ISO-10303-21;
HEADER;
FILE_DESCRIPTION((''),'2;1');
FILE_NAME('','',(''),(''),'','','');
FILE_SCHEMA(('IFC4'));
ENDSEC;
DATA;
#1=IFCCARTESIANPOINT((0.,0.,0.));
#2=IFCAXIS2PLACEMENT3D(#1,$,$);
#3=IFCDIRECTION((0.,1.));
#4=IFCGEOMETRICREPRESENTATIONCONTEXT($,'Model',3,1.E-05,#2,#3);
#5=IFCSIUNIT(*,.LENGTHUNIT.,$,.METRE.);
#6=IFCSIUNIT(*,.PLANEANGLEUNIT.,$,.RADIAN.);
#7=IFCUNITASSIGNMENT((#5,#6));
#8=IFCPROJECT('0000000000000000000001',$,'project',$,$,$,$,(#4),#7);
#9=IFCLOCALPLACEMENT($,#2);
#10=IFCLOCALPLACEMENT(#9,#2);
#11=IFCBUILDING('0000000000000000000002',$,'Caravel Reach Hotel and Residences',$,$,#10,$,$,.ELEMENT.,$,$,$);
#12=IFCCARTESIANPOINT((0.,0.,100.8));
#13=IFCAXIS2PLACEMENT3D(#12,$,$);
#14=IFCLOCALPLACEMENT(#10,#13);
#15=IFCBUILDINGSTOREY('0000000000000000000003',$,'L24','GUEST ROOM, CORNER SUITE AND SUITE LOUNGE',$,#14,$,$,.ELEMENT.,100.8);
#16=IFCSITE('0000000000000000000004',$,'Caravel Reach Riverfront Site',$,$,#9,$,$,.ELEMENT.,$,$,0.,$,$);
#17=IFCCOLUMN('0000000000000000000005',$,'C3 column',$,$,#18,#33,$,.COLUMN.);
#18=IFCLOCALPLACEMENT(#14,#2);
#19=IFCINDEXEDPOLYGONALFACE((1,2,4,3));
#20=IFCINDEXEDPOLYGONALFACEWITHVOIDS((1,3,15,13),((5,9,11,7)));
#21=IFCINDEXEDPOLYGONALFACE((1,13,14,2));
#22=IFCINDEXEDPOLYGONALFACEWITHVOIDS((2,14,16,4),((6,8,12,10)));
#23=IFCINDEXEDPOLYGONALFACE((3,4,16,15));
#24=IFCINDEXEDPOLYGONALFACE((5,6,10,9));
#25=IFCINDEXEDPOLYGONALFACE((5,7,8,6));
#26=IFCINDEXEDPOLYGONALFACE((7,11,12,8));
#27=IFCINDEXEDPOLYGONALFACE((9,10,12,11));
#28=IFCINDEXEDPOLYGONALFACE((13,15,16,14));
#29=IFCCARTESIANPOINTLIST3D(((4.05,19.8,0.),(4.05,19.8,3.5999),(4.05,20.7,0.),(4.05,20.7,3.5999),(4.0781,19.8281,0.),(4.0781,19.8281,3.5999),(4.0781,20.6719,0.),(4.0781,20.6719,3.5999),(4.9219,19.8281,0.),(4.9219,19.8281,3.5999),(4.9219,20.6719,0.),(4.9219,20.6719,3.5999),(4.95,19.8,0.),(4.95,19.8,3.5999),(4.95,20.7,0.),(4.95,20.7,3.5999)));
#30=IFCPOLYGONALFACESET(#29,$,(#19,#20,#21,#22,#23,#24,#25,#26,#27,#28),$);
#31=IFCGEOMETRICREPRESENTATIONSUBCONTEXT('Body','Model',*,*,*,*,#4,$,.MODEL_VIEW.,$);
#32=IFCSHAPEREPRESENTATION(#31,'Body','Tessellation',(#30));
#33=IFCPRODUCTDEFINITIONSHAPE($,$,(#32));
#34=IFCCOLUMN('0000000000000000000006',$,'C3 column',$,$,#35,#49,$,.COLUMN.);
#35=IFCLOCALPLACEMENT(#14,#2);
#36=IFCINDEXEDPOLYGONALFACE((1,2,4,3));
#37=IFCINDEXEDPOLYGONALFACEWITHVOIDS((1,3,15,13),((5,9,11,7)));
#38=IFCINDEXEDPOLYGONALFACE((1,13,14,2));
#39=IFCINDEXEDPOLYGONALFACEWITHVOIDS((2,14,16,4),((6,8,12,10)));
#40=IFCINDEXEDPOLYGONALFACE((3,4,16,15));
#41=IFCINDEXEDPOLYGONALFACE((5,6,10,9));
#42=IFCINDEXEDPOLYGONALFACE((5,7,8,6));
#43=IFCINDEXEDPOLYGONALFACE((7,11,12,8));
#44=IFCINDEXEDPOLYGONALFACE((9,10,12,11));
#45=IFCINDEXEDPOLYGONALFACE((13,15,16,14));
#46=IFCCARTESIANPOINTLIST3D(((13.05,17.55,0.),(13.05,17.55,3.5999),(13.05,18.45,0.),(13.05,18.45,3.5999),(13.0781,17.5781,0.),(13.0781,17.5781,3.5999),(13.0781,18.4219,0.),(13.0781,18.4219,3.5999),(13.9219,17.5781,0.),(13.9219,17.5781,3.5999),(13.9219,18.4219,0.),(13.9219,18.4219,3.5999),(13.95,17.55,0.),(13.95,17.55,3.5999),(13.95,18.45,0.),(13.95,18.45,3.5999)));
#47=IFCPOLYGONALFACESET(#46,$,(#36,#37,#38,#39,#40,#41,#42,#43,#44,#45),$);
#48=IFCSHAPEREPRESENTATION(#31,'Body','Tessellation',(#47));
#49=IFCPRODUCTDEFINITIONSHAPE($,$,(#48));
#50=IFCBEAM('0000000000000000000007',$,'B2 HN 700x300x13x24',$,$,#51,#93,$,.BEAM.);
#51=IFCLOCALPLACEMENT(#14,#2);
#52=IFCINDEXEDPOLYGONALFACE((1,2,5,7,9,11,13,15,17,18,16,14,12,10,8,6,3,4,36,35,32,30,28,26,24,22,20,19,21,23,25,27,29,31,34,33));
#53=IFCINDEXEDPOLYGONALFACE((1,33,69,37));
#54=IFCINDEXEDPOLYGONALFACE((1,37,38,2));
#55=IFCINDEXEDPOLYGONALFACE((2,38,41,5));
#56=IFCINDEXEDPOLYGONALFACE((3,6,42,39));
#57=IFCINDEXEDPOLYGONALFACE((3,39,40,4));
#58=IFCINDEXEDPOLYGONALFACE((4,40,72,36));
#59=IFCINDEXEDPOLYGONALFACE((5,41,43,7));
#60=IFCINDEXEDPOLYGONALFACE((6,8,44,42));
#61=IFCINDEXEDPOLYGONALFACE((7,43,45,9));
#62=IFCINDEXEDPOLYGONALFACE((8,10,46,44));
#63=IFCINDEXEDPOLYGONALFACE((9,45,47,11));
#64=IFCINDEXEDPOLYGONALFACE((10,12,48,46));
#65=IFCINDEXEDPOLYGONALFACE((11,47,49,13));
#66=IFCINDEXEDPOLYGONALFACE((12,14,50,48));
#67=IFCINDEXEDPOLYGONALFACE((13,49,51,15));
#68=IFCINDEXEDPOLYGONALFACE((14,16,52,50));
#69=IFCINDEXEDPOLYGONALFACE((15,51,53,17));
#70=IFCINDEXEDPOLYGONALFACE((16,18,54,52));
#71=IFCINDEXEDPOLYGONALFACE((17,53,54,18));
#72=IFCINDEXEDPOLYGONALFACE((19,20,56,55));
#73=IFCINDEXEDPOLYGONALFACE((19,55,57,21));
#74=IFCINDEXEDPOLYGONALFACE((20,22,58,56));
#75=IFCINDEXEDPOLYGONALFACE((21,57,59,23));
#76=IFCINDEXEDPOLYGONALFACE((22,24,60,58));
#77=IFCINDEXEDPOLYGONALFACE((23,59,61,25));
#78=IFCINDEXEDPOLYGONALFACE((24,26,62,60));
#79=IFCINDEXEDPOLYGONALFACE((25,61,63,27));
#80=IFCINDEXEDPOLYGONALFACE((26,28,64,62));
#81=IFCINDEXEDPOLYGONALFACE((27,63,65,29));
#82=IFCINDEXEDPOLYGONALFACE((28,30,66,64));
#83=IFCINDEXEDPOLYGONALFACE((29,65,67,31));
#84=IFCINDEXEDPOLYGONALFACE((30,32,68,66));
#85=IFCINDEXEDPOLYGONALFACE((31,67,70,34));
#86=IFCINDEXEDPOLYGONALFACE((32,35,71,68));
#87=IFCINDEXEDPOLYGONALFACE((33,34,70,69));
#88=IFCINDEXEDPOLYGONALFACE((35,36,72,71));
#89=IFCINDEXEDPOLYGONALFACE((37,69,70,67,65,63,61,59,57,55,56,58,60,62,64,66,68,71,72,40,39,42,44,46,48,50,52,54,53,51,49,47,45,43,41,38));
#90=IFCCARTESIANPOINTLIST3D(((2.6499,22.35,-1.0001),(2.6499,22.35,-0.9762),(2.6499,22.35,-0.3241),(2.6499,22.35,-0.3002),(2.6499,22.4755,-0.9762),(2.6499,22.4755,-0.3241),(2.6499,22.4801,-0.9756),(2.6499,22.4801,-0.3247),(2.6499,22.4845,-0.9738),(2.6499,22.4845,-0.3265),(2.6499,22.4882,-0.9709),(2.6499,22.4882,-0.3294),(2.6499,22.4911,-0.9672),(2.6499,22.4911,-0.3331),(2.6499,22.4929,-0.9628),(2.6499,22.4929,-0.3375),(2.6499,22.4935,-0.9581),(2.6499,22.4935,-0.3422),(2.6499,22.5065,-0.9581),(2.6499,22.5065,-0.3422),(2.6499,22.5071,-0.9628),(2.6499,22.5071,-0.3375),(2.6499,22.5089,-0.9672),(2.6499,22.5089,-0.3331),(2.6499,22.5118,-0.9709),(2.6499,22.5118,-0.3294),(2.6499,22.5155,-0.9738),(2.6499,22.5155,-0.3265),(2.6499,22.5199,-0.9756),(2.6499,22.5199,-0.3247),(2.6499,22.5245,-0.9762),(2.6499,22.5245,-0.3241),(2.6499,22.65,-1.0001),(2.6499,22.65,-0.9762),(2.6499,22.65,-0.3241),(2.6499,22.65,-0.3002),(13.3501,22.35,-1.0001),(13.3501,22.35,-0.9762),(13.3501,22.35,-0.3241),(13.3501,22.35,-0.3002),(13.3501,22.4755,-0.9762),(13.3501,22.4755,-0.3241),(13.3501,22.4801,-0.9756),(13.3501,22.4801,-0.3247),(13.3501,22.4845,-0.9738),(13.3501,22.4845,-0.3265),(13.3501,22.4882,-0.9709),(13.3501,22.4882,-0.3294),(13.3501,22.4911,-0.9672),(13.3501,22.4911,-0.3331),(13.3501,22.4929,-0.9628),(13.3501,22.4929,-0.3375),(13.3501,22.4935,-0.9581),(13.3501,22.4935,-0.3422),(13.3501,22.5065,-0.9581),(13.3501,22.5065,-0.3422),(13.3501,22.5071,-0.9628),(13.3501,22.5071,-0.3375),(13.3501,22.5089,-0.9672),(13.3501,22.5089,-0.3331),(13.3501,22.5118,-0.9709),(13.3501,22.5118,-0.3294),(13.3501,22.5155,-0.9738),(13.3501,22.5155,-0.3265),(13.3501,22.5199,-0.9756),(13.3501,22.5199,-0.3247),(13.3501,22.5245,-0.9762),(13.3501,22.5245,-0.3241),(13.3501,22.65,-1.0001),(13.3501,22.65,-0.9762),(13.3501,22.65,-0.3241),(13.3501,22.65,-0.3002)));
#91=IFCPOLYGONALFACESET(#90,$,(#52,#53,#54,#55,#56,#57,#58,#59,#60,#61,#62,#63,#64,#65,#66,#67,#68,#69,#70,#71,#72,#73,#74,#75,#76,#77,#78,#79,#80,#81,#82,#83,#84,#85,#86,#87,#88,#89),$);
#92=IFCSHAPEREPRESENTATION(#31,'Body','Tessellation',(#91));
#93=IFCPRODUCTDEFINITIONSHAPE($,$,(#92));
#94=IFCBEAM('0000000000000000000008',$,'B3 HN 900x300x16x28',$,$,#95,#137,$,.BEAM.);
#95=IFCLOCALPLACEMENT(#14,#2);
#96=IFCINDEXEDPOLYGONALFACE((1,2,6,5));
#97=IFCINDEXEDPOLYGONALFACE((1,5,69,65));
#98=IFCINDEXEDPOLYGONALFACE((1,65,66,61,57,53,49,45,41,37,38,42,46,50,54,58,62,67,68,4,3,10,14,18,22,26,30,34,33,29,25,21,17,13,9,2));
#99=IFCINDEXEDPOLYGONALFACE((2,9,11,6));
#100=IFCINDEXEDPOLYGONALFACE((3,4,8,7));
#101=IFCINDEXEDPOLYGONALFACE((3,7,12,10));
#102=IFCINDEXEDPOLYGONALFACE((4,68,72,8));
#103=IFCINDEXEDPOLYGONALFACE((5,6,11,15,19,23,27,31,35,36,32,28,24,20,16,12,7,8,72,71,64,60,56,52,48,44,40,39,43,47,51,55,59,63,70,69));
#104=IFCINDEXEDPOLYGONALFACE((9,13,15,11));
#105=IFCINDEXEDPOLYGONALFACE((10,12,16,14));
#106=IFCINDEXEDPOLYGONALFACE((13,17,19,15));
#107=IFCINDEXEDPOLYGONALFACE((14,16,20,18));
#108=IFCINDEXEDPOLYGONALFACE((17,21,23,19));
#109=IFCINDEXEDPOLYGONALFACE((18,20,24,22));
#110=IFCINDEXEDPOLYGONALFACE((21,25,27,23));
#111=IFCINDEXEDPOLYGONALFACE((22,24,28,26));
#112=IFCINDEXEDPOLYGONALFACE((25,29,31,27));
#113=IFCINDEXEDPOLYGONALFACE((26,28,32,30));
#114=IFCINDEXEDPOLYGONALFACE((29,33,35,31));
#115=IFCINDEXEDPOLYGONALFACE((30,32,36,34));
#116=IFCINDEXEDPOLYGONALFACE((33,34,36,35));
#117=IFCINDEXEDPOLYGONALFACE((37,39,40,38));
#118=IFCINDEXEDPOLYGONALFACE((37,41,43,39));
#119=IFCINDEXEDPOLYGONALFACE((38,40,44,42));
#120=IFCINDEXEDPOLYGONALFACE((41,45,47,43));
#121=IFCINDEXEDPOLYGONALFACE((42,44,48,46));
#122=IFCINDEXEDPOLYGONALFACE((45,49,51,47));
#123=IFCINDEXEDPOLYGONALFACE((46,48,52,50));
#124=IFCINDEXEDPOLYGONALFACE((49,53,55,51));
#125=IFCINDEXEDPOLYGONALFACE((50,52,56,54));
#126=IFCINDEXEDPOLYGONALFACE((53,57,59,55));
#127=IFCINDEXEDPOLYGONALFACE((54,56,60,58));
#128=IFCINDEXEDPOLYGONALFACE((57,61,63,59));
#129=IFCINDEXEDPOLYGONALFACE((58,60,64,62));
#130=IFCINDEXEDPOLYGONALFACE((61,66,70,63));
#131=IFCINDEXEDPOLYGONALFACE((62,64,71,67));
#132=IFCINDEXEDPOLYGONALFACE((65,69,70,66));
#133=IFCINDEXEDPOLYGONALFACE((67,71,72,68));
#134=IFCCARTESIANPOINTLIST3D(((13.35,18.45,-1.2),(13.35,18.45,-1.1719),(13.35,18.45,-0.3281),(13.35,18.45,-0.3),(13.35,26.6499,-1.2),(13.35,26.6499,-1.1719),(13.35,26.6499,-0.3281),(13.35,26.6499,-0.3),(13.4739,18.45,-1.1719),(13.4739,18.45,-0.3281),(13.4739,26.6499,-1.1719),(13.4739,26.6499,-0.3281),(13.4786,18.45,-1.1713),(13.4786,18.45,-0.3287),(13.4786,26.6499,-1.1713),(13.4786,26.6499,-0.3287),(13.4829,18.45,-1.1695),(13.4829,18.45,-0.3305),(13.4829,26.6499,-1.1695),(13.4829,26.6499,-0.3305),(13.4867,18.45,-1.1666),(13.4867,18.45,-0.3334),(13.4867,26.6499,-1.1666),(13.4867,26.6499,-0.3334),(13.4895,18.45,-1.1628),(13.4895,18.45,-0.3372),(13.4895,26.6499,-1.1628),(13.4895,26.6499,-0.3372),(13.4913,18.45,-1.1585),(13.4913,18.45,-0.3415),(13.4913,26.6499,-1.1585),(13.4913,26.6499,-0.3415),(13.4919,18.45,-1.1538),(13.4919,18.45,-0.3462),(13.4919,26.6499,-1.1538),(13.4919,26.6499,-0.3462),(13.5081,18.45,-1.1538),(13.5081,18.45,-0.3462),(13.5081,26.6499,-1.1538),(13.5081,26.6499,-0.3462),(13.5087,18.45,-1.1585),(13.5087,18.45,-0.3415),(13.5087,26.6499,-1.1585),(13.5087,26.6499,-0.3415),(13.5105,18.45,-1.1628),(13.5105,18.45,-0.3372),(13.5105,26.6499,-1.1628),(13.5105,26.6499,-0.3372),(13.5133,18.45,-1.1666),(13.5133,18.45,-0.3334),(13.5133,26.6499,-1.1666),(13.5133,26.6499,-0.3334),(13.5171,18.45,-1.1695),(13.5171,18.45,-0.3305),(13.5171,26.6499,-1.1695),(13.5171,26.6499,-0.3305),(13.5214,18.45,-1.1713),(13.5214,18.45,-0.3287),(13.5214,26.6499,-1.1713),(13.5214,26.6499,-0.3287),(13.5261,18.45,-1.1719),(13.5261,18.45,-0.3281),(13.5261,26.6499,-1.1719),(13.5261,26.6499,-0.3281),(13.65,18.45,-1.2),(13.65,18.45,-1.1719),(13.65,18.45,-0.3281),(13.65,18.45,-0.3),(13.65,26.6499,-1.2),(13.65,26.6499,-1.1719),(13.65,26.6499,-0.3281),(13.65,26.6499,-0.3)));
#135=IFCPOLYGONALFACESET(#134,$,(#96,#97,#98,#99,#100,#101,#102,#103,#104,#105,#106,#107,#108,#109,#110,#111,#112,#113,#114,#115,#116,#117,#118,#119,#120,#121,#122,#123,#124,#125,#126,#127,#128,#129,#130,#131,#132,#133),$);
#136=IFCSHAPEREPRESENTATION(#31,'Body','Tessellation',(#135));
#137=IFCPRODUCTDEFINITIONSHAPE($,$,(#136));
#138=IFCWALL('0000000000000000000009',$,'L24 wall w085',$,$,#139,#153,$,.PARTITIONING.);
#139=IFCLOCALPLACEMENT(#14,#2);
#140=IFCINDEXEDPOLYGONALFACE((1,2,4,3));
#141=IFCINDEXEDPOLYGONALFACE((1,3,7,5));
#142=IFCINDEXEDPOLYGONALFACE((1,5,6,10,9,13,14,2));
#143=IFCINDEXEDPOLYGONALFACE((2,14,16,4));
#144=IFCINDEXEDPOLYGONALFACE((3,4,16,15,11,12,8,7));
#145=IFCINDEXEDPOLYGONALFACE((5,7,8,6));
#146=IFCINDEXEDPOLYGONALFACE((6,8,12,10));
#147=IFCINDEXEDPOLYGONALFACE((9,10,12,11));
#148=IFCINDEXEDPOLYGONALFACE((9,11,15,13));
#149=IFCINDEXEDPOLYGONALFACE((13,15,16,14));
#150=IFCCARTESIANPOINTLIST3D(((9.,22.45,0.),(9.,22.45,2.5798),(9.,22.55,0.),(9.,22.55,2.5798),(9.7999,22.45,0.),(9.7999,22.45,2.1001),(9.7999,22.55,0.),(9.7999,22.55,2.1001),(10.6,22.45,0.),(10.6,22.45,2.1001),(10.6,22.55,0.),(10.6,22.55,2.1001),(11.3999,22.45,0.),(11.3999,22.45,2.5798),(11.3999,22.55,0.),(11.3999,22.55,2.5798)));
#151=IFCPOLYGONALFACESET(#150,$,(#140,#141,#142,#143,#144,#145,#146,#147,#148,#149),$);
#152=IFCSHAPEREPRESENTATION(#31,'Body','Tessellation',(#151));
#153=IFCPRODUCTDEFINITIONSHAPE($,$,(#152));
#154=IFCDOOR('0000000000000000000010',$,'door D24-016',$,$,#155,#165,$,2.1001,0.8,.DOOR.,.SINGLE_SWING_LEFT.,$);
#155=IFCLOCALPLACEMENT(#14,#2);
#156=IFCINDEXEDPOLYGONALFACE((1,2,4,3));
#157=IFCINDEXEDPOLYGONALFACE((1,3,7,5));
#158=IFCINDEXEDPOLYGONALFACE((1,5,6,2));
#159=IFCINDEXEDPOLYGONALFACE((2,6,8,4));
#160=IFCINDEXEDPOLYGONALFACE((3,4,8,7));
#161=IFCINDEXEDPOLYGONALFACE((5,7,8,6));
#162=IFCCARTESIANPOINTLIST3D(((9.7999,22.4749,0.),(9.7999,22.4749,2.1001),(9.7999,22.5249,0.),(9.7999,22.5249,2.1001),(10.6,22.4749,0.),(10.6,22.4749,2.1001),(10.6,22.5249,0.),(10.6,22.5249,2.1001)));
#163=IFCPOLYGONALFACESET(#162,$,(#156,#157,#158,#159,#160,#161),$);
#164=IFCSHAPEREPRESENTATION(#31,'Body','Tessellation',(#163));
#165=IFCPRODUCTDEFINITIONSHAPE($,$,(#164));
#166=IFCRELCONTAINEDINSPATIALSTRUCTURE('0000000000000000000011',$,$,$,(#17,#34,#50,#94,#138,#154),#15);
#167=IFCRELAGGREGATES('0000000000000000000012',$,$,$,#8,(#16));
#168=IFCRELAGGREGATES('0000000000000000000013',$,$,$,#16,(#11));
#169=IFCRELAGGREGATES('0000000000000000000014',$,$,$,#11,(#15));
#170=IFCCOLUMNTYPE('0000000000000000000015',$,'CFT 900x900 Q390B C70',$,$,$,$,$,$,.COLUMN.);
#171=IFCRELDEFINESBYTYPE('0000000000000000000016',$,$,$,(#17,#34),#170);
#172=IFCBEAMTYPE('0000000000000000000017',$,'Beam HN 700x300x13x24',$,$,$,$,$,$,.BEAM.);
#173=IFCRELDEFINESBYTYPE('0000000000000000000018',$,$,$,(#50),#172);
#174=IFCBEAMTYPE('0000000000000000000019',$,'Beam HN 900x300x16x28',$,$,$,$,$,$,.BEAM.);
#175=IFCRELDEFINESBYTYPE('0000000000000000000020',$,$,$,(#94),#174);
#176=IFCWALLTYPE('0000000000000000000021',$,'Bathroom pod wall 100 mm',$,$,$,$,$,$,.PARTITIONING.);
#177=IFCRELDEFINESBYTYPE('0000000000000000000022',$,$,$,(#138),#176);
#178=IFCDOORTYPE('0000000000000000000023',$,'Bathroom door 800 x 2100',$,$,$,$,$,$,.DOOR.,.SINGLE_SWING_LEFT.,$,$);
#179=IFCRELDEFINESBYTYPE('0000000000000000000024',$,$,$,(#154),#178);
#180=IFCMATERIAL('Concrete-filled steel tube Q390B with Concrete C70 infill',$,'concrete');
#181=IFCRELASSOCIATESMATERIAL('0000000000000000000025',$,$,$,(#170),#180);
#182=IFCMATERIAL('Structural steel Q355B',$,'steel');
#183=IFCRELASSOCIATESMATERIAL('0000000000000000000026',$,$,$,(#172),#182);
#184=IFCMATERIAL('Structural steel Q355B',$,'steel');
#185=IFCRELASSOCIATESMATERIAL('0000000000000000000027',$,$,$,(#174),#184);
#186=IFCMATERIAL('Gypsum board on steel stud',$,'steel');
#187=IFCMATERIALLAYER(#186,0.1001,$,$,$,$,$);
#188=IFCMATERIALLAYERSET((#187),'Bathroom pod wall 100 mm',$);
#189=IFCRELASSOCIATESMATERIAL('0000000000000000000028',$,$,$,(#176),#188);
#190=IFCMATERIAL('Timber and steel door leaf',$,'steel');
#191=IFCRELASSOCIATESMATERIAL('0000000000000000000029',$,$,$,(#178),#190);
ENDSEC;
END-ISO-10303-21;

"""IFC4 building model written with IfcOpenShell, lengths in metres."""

from ifc_helpers import new_model, si_unit, direction, frame, frame_2d, origin, origin_2d, place, context, subcontext, project, spatial, rectangle, hollow_rectangle, i_section, extrude, material, layer, layer_set, material_profile, profile_set, type_object, element, fill, save


model = new_model("IFC4")

# Units and contexts
model_context = context("Model", 3, precision=1e-05, world=origin(), true_north=direction((0.0, 1.0)))
body_context = subcontext(model_context, "Body", "Model", "MODEL_VIEW")
ifc_project = project(units=[si_unit("LENGTHUNIT", "METRE"), si_unit("PLANEANGLEUNIT", "RADIAN")], contexts=[model_context])

# Site, building, storey
site_placement = place(None, origin())
site = spatial("IfcSite", under=ifc_project, at=site_placement, Name="Caravel Reach Riverfront Site", CompositionType="ELEMENT", RefElevation=0.0)
building_placement = place(site_placement, origin())
building = spatial("IfcBuilding", under=site, at=building_placement, Name="Caravel Reach Hotel and Residences", CompositionType="ELEMENT")
storey_placement = place(building_placement, frame((0.0, 0.0, 100.8)))
storey = spatial("IfcBuildingStorey", under=building, at=storey_placement, Name="L24", Description="GUEST ROOM, CORNER SUITE AND SUITE LOUNGE", CompositionType="ELEMENT", Elevation=100.8)

# Columns
ifc_material_1 = material(Name="Concrete-filled steel tube Q390B with Concrete C70 infill", Category="concrete")
ifc_material_profile_1 = material_profile(ifc_material_1, hollow_rectangle(XDim=0.8999, YDim=0.8999, WallThickness=0.0281, at=origin_2d()), Name="RHS 900x900x28")
ifc_profile_set_1 = profile_set([ifc_material_profile_1], Name="Concrete-filled steel tube Q390B with Concrete C70 infill")
column_type = type_object("IfcColumnType", Name="CFT 900x900 Q390B C70", PredefinedType="COLUMN", material=ifc_profile_set_1)
for number, where, z_axis, x_axis, name in (
    (1, (4.5, 20.25, 0.0), (0.0, 0.0, 1.0), (1.0, 0.0, 0.0), "C3 column"),
    (2, (13.5, 18.0, 0.0), (0.0, 0.0, 1.0), (1.0, 0.0, 0.0), "C3 column"),
):
    element("IfcColumn", number, at=place(storey_placement, frame(where, z_axis=z_axis, x_axis=x_axis)), inside=storey, type_object=column_type, Name=name, PredefinedType="COLUMN", context=body_context, shape_type="SweptSolid", body=[
        extrude(hollow_rectangle(XDim=0.8999, YDim=0.8999, WallThickness=0.0281, at=origin_2d()), origin(), (0.0, 0.0, 1.0), 3.5999),
    ])

# Beams
ifc_material_2 = material(Name="Structural steel Q355B", Category="steel")
ifc_material_profile_2 = material_profile(ifc_material_2, i_section(OverallWidth=0.3, OverallDepth=0.7, WebThickness=0.0129, FlangeThickness=0.0239, FilletRadius=0.0181, at=origin_2d()), Name="HN 700x300x13x24")
ifc_profile_set_2 = profile_set([ifc_material_profile_2], Name="Structural steel Q355B")
beam_type_1 = type_object("IfcBeamType", Name="Beam HN 700x300x13x24", PredefinedType="BEAM", material=ifc_profile_set_2)
beam_1_placement = place(storey_placement, frame((13.3501, 22.5, -0.6501), z_axis=(-1.0, 0.0, 0.0), x_axis=(0.0, -1.0, 0.0)))
element("IfcBeam", 3, at=beam_1_placement, inside=storey, type_object=beam_type_1, Name="B2 HN 700x300x13x24", PredefinedType="BEAM", context=body_context, shape_type="SweptSolid", body=[
    extrude(i_section(OverallWidth=0.3, OverallDepth=0.7, WebThickness=0.0129, FlangeThickness=0.0239, FilletRadius=0.0181, at=origin_2d()), origin(), (0.0, 0.0, 1.0), 10.7002),
])
ifc_material_3 = material(Name="Structural steel Q355B", Category="steel")
ifc_material_profile_3 = material_profile(ifc_material_3, i_section(OverallWidth=0.3, OverallDepth=0.8999, WebThickness=0.0161, FlangeThickness=0.0281, FilletRadius=0.0181, at=origin_2d()), Name="HN 900x300x16x28")
ifc_profile_set_3 = profile_set([ifc_material_profile_3], Name="Structural steel Q355B")
beam_type_2 = type_object("IfcBeamType", Name="Beam HN 900x300x16x28", PredefinedType="BEAM", material=ifc_profile_set_3)
beam_2_placement = place(storey_placement, frame((13.5, 18.45, -0.75), z_axis=(0.0, 1.0, 0.0), x_axis=(-1.0, 0.0, 0.0)))
element("IfcBeam", 4, at=beam_2_placement, inside=storey, type_object=beam_type_2, Name="B3 HN 900x300x16x28", PredefinedType="BEAM", context=body_context, shape_type="SweptSolid", body=[
    extrude(i_section(OverallWidth=0.3, OverallDepth=0.8999, WebThickness=0.0161, FlangeThickness=0.0281, FilletRadius=0.0181, at=origin_2d()), origin(), (0.0, 0.0, 1.0), 8.2),
])

# Wall, opening, door
ifc_material_4 = material(Name="Gypsum board on steel stud", Category="steel")
ifc_layer_1 = layer(ifc_material_4, 0.1001)
ifc_layer_set_1 = layer_set([ifc_layer_1], Name="Bathroom pod wall 100 mm")
wall_type_1 = type_object("IfcWallType", Name="Bathroom pod wall 100 mm", PredefinedType="PARTITIONING", material=ifc_layer_set_1)
wall_1_placement = place(storey_placement, frame((9.0, 22.5, 0.0), z_axis=(0.0, 0.0, 1.0), x_axis=(1.0, 0.0, 0.0)))
wall_1 = element("IfcWall", 5, at=wall_1_placement, inside=storey, type_object=wall_type_1, Name="L24 wall w085", PredefinedType="PARTITIONING", context=body_context, shape_type="SweptSolid", body=[
    extrude(rectangle(XDim=2.3999, YDim=0.1001, at=frame_2d((1.2, 0.0))), origin(), (0.0, 0.0, 1.0), 2.5798),
])
opening_1_placement = place(wall_1_placement, frame((0.8, 0.0, 0.0)))
opening_1 = element("IfcOpeningElement", 6, at=opening_1_placement, cuts=wall_1, PredefinedType="OPENING", context=body_context, shape_type="SweptSolid", body=[
    extrude(rectangle(XDim=0.8, YDim=2.1001, at=frame_2d((0.3999, 1.05))), frame((0.0, 0.0601, 0.0), z_axis=(0.0, -1.0, 0.0), x_axis=(1.0, 0.0, 0.0)), (0.0, 0.0, 1.0), 0.1201),
])
ifc_material_5 = material(Name="Timber and steel door leaf", Category="steel")
door_type_1 = type_object("IfcDoorType", Name="Bathroom door 800 x 2100", OperationType="SINGLE_SWING_LEFT", PredefinedType="DOOR", material=ifc_material_5)
door_1_placement = place(opening_1_placement, origin())
door_1 = element("IfcDoor", 7, at=door_1_placement, inside=storey, type_object=door_type_1, Name="door D24-016", OperationType="SINGLE_SWING_LEFT", OverallHeight=2.1001, OverallWidth=0.8, PredefinedType="DOOR", context=body_context, shape_type="SweptSolid", body=[
    extrude(rectangle(XDim=0.8, YDim=2.1001, at=frame_2d((0.3999, 1.05))), frame((0.0, 0.0249, 0.0), z_axis=(0.0, -1.0, 0.0), x_axis=(1.0, 0.0, 0.0)), (0.0, 0.0, 1.0), 0.05),
])
fill(opening_1, door_1)

save(model, "model.ifc")
